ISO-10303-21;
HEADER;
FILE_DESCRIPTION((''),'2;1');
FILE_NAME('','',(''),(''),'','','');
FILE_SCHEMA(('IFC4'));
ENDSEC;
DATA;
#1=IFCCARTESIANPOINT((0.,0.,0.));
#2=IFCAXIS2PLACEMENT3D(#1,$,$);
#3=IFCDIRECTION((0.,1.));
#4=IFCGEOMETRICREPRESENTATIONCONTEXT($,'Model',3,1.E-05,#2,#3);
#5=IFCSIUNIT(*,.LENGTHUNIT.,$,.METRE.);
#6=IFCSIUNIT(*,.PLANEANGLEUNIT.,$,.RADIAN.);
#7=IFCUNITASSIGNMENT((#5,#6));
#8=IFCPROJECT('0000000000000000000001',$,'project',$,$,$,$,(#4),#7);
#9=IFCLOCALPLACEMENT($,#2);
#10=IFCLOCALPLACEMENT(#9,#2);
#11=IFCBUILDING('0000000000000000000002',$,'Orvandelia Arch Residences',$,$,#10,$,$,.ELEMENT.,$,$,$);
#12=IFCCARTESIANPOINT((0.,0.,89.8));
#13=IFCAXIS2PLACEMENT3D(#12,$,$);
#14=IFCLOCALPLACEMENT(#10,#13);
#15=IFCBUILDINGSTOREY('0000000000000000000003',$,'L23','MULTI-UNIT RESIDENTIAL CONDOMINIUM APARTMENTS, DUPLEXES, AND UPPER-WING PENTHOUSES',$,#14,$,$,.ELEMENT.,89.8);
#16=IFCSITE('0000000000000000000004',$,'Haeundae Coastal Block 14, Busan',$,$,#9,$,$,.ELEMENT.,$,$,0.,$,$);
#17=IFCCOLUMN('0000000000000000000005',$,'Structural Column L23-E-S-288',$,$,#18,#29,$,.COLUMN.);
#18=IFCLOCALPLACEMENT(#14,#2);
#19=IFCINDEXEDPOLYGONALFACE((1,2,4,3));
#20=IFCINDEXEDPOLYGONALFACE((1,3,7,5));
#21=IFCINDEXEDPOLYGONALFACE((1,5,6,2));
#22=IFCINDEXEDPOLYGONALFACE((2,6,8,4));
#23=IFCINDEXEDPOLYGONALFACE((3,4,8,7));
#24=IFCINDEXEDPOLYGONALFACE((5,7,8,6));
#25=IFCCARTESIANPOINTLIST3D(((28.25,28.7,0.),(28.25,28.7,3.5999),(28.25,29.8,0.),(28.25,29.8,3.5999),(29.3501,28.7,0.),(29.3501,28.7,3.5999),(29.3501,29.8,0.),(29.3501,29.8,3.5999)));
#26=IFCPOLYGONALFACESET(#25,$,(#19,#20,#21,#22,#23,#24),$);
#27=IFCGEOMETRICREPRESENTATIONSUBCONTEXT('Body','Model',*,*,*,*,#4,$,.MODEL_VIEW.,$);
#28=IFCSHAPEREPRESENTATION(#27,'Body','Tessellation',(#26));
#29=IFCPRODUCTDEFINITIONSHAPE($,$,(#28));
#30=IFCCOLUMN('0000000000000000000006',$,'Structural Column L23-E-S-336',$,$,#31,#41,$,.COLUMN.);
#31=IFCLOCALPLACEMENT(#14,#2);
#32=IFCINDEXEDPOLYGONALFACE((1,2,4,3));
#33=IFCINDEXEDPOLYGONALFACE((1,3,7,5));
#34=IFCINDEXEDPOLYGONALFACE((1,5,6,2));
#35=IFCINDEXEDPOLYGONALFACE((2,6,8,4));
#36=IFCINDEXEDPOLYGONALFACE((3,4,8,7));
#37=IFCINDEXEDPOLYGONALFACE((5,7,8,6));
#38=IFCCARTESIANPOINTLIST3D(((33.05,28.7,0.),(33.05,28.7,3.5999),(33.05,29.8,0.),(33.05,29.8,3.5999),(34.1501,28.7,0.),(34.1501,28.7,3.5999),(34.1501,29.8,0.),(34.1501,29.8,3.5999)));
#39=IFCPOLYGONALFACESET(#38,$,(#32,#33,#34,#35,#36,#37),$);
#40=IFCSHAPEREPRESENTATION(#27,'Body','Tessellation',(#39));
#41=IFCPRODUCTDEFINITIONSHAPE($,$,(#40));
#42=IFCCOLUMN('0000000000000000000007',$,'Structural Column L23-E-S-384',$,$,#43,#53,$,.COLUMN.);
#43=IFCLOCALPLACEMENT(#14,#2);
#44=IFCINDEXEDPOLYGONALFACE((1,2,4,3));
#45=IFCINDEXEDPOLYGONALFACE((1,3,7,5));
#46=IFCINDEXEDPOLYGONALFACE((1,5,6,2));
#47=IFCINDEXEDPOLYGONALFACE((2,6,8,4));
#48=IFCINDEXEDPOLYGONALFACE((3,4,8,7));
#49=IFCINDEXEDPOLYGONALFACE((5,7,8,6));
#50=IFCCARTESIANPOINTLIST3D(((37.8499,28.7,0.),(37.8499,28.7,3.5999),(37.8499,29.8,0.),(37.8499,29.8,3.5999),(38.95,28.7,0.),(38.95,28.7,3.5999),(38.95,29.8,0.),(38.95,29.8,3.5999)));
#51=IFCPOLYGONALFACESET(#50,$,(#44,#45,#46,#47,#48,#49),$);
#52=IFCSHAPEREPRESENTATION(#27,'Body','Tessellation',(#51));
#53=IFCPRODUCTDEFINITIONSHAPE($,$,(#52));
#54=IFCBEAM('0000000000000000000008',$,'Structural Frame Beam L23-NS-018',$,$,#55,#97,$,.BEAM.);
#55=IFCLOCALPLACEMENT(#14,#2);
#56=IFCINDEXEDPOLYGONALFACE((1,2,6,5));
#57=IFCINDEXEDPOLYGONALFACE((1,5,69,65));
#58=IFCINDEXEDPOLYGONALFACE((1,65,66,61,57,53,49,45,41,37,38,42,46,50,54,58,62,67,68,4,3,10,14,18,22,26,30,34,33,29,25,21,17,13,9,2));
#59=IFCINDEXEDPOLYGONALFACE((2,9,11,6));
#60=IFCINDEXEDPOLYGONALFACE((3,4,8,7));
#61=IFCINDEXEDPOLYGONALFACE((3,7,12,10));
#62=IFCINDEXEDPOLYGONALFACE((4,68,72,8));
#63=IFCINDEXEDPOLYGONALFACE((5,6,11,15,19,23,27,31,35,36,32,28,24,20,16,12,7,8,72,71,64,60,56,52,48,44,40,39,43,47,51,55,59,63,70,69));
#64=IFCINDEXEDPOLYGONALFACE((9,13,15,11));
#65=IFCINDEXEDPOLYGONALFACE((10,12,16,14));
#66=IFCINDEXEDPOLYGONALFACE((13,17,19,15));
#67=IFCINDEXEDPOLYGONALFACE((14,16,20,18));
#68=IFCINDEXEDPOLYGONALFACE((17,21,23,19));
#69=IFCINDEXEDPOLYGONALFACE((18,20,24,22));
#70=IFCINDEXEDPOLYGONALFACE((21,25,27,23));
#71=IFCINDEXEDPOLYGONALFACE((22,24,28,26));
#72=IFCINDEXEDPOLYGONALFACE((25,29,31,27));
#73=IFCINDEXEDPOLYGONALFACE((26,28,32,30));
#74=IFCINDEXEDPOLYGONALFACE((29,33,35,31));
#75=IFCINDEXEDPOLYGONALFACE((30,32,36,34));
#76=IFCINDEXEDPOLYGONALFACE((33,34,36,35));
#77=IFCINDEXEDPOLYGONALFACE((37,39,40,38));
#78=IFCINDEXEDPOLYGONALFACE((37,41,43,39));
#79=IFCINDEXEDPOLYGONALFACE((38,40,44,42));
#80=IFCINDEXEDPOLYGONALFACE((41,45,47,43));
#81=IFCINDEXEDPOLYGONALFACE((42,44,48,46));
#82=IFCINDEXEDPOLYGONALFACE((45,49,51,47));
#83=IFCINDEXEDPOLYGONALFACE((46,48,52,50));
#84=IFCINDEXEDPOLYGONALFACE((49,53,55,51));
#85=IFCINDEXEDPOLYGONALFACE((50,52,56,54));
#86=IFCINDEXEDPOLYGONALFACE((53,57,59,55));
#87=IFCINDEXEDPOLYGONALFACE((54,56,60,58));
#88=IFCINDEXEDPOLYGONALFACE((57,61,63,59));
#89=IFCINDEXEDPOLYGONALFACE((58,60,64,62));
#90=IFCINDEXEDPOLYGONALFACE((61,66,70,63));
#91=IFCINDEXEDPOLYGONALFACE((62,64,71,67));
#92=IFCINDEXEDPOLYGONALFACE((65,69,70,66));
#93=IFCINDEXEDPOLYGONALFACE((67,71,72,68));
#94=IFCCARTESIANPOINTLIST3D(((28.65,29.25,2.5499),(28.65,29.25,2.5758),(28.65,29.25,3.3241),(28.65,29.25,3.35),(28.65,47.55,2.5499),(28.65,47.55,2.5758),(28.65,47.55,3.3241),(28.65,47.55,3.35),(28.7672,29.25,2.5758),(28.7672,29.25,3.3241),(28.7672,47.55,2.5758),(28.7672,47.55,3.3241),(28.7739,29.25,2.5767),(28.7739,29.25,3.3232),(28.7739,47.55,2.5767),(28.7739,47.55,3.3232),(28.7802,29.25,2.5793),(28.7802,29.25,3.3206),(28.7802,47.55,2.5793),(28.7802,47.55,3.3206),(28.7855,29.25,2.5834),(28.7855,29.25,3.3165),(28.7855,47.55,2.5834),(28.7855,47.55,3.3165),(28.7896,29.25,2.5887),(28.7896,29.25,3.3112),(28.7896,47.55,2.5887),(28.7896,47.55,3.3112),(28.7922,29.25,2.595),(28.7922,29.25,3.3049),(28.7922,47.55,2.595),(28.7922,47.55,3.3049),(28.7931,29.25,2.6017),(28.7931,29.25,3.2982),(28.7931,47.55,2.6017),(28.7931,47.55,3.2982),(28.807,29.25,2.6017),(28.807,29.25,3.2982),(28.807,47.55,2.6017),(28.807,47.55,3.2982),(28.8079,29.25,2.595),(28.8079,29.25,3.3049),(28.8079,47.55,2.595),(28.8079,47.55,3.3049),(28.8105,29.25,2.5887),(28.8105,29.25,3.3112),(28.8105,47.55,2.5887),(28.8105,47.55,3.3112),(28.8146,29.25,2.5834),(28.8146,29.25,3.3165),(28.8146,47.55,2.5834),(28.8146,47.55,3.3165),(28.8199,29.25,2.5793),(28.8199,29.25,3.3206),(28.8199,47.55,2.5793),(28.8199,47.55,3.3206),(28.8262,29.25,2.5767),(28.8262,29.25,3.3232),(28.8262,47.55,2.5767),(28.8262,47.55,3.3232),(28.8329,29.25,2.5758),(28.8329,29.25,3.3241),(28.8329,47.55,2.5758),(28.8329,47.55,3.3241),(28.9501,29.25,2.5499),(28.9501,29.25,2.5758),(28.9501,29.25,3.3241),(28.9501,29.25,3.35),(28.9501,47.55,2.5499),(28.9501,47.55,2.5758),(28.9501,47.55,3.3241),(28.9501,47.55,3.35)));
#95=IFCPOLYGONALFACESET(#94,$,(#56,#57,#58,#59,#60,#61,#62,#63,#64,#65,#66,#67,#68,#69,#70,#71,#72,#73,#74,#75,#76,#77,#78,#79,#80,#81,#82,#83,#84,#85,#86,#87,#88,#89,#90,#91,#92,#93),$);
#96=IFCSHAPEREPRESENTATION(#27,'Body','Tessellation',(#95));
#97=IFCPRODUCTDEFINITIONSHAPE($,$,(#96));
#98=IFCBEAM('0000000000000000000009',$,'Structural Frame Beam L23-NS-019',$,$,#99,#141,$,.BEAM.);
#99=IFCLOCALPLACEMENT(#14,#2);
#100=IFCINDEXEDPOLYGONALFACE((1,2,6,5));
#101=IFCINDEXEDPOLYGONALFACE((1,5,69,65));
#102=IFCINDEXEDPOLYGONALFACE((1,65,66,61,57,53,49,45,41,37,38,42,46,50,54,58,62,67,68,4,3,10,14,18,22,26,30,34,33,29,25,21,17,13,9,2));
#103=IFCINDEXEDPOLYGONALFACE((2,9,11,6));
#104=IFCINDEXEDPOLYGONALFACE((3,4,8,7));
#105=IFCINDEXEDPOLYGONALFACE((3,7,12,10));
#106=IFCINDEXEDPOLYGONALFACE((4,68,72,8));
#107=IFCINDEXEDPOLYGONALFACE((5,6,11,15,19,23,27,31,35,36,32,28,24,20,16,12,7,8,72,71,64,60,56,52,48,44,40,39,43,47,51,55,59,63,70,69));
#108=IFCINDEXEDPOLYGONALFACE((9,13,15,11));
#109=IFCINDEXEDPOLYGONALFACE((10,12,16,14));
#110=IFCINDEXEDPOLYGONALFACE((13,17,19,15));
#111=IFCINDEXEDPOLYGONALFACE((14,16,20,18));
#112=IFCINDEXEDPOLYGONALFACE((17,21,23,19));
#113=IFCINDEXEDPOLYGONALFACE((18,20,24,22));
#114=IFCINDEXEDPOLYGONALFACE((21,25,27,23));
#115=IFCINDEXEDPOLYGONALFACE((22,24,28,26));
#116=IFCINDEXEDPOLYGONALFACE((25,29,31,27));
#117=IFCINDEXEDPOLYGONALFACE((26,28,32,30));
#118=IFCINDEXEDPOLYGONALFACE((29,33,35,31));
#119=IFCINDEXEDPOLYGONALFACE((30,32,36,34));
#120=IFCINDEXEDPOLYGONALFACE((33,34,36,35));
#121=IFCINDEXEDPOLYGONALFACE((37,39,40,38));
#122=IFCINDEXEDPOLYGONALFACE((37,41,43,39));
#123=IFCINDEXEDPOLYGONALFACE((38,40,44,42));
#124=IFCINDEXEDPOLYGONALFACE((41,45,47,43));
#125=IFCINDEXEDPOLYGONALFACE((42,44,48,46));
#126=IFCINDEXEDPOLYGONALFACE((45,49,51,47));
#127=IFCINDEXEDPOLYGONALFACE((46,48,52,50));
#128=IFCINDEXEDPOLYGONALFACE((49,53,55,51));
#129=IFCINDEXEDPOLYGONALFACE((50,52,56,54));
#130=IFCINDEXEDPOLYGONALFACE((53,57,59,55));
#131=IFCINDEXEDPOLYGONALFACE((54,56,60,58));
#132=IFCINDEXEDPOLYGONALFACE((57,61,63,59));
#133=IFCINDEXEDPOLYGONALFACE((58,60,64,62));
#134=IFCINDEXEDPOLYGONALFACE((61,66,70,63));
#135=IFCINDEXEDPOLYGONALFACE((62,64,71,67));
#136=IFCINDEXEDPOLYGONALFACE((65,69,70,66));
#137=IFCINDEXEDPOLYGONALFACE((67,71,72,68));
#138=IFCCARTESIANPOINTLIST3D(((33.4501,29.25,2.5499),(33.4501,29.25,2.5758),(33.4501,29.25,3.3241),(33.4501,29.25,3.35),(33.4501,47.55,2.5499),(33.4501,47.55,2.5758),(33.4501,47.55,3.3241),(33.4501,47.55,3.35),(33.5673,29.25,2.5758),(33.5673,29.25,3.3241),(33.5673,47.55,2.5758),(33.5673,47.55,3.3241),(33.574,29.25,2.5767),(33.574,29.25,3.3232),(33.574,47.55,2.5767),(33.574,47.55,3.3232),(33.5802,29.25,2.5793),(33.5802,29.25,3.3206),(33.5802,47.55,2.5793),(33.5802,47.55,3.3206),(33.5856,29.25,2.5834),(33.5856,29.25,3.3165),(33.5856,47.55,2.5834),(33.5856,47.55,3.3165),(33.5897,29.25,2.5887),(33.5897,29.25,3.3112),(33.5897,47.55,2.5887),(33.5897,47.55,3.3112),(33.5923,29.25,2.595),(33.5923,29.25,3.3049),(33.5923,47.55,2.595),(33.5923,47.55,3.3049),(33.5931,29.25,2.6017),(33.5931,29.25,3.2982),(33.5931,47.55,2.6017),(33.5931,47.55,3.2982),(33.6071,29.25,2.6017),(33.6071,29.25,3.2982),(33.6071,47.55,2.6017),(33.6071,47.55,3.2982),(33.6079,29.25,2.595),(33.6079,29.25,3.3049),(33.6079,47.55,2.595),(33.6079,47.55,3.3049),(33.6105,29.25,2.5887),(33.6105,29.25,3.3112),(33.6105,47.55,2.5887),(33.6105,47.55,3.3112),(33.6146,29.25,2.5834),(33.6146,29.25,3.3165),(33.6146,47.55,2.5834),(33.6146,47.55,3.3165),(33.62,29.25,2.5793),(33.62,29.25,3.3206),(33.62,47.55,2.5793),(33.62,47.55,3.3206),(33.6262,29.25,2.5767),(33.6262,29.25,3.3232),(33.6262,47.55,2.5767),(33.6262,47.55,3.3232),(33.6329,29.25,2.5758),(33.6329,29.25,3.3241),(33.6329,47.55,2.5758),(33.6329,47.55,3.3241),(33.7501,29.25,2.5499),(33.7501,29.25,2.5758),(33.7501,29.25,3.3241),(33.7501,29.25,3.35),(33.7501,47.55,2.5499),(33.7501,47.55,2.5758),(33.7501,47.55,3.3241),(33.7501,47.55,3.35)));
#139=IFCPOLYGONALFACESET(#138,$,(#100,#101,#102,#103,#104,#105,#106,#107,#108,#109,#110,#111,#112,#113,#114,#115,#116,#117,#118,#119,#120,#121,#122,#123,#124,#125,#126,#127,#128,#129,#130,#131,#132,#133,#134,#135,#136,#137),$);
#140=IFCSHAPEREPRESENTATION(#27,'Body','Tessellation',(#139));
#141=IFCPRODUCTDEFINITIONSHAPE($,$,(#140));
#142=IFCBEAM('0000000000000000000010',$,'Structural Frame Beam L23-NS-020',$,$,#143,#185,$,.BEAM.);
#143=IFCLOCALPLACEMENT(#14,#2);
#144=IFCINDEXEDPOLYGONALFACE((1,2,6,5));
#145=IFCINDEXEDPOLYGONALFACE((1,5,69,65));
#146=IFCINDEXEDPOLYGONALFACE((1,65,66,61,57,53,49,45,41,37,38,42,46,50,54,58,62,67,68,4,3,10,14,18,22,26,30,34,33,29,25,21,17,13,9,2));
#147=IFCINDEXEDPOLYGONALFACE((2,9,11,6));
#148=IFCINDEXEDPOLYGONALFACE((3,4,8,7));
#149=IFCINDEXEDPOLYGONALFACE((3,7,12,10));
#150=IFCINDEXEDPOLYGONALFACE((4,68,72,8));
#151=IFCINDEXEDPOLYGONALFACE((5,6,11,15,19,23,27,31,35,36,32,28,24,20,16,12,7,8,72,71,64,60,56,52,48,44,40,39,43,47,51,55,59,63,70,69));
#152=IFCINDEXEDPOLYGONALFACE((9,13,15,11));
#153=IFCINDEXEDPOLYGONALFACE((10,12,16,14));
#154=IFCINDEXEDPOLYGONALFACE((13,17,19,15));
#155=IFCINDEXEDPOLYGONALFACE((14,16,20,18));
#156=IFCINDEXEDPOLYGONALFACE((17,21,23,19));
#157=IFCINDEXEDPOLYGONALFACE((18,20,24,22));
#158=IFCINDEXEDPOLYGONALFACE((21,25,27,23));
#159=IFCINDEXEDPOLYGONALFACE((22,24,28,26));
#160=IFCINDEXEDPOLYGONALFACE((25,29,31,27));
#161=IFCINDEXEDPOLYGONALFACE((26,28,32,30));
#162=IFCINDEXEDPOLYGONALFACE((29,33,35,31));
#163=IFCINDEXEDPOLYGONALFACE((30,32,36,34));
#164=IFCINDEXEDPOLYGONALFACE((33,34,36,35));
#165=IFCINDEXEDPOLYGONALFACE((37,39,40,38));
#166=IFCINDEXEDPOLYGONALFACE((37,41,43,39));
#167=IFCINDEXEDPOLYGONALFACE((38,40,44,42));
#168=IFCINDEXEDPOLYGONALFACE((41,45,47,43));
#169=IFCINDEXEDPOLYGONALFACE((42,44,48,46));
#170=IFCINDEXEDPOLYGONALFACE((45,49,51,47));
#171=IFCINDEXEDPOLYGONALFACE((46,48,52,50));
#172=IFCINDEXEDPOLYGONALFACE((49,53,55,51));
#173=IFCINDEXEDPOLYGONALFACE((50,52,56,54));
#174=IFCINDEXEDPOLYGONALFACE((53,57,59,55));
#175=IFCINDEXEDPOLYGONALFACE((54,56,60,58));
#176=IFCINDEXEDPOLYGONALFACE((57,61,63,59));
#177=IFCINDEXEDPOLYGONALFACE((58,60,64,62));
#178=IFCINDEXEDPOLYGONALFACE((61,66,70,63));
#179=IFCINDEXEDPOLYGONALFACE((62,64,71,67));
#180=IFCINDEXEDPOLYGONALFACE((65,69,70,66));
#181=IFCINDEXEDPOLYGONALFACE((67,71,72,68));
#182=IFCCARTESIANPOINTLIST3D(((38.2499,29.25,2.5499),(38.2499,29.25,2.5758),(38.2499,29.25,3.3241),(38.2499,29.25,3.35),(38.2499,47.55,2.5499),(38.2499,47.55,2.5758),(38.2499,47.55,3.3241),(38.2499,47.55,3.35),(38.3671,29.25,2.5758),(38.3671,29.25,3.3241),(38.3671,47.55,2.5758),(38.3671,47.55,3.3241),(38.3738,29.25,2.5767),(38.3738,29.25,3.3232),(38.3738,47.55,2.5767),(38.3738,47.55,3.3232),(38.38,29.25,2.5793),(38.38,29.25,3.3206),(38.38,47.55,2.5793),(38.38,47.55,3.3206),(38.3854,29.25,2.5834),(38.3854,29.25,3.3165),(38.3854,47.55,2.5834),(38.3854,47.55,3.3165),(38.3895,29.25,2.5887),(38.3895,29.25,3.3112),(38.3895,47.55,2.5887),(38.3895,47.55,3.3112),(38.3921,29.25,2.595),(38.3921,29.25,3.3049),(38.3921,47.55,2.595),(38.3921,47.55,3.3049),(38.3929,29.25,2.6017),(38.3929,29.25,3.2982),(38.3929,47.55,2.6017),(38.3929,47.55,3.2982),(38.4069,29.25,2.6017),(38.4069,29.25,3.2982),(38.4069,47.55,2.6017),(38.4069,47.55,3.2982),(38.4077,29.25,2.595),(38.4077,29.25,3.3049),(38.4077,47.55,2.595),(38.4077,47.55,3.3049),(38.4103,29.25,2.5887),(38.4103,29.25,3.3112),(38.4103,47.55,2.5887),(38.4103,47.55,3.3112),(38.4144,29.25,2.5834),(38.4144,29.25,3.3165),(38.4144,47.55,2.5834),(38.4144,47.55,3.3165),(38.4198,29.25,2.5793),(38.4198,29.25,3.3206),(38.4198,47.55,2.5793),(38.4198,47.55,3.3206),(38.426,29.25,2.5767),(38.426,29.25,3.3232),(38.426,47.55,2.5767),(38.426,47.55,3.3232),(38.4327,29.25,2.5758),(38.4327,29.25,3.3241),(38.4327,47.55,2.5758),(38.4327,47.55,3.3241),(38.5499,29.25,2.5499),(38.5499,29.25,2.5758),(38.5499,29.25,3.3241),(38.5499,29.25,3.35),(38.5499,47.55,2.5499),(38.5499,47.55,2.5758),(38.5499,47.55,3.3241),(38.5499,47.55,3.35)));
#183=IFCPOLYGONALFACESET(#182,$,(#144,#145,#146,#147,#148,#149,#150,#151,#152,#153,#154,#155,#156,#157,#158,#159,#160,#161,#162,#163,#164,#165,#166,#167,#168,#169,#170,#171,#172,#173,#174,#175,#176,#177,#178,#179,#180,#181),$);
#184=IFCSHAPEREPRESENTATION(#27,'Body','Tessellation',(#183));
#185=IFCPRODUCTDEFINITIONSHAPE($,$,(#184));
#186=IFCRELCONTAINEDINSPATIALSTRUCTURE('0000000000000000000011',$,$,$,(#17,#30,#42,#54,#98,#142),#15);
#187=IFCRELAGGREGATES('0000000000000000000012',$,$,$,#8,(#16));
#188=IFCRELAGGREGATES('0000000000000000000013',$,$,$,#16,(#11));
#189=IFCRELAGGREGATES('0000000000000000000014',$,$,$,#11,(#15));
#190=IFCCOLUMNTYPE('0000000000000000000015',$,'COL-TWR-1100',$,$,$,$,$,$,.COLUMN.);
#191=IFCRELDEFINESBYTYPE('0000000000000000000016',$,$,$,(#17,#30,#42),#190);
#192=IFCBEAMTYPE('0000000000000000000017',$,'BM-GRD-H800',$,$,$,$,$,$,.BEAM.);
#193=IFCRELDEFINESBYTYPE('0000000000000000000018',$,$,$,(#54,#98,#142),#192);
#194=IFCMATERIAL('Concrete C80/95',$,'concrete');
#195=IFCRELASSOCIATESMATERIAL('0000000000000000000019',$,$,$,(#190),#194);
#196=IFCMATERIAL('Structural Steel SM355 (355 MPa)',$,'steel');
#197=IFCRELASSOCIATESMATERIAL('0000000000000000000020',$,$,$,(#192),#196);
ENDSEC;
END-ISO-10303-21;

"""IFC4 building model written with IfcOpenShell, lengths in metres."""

from ifc_helpers import new_model, si_unit, direction, frame, origin, origin_2d, place, context, subcontext, project, spatial, rectangle, i_section, extrude, material, material_profile, profile_set, type_object, element, save


model = new_model("IFC4")

# Units and contexts
model_context = context("Model", 3, precision=1e-05, world=origin(), true_north=direction((0.0, 1.0)))
body_context = subcontext(model_context, "Body", "Model", "MODEL_VIEW")
ifc_project = project(units=[si_unit("LENGTHUNIT", "METRE"), si_unit("PLANEANGLEUNIT", "RADIAN")], contexts=[model_context])

# Site, building, storey
site_placement = place(None, origin())
site = spatial("IfcSite", under=ifc_project, at=site_placement, Name="Haeundae Coastal Block 14, Busan", CompositionType="ELEMENT", RefElevation=0.0)
building_placement = place(site_placement, origin())
building = spatial("IfcBuilding", under=site, at=building_placement, Name="Orvandelia Arch Residences", CompositionType="ELEMENT")
storey_placement = place(building_placement, frame((0.0, 0.0, 89.8)))
storey = spatial("IfcBuildingStorey", under=building, at=storey_placement, Name="L23", Description="MULTI-UNIT RESIDENTIAL CONDOMINIUM APARTMENTS, DUPLEXES, AND UPPER-WING PENTHOUSES", CompositionType="ELEMENT", Elevation=89.8)

# Columns
ifc_material_1 = material(Name="Concrete C80/95", Category="concrete")
ifc_material_profile_1 = material_profile(ifc_material_1, rectangle(XDim=1.1001, YDim=1.1001, at=origin_2d()), Name="Concrete C80/95", Category="concrete")
ifc_profile_set_1 = profile_set([ifc_material_profile_1], Name="Concrete C80/95")
column_type = type_object("IfcColumnType", Name="COL-TWR-1100", PredefinedType="COLUMN", material=ifc_profile_set_1)
for number, where, z_axis, x_axis, name in (
    (1, (28.8, 29.25, 0.0), (0.0, 0.0, 1.0), (1.0, 0.0, 0.0), "Structural Column L23-E-S-288"),
    (2, (33.6001, 29.25, 0.0), (0.0, 0.0, 1.0), (1.0, 0.0, 0.0), "Structural Column L23-E-S-336"),
    (3, (38.3999, 29.25, 0.0), (0.0, 0.0, 1.0), (1.0, 0.0, 0.0), "Structural Column L23-E-S-384"),
):
    element("IfcColumn", number, at=place(storey_placement, frame(where, z_axis=z_axis, x_axis=x_axis)), inside=storey, type_object=column_type, Name=name, PredefinedType="COLUMN", context=body_context, shape_type="SweptSolid", body=[
        extrude(rectangle(XDim=1.1001, YDim=1.1001, at=origin_2d()), origin(), (0.0, 0.0, 1.0), 3.5999),
    ])

# Beams
ifc_material_2 = material(Name="Structural Steel SM355 (355 MPa)", Category="steel")
ifc_material_profile_2 = material_profile(ifc_material_2, i_section(OverallWidth=0.3, OverallDepth=0.8, WebThickness=0.0139, FlangeThickness=0.0259, FilletRadius=0.0259, at=origin_2d()), Name="Structural Steel SM355 (355 MPa)", Category="steel")
ifc_profile_set_2 = profile_set([ifc_material_profile_2], Name="Structural Steel SM355 (355 MPa)")
beam_type = type_object("IfcBeamType", Name="BM-GRD-H800", PredefinedType="BEAM", material=ifc_profile_set_2)
for number, where, z_axis, x_axis, name in (
    (4, (28.8, 29.25, 2.95), (0.0, 1.0, 0.0), (-1.0, 0.0, 0.0), "Structural Frame Beam L23-NS-018"),
    (5, (33.6001, 29.25, 2.95), (0.0, 1.0, 0.0), (-1.0, 0.0, 0.0), "Structural Frame Beam L23-NS-019"),
    (6, (38.3999, 29.25, 2.95), (0.0, 1.0, 0.0), (-1.0, 0.0, 0.0), "Structural Frame Beam L23-NS-020"),
):
    element("IfcBeam", number, at=place(storey_placement, frame(where, z_axis=z_axis, x_axis=x_axis)), inside=storey, type_object=beam_type, Name=name, PredefinedType="BEAM", context=body_context, shape_type="SweptSolid", body=[
        extrude(i_section(OverallWidth=0.3, OverallDepth=0.8, WebThickness=0.0139, FlangeThickness=0.0259, FilletRadius=0.0259, at=origin_2d()), origin(), (0.0, 0.0, 1.0), 18.3),
    ])

save(model, "model.ifc")
